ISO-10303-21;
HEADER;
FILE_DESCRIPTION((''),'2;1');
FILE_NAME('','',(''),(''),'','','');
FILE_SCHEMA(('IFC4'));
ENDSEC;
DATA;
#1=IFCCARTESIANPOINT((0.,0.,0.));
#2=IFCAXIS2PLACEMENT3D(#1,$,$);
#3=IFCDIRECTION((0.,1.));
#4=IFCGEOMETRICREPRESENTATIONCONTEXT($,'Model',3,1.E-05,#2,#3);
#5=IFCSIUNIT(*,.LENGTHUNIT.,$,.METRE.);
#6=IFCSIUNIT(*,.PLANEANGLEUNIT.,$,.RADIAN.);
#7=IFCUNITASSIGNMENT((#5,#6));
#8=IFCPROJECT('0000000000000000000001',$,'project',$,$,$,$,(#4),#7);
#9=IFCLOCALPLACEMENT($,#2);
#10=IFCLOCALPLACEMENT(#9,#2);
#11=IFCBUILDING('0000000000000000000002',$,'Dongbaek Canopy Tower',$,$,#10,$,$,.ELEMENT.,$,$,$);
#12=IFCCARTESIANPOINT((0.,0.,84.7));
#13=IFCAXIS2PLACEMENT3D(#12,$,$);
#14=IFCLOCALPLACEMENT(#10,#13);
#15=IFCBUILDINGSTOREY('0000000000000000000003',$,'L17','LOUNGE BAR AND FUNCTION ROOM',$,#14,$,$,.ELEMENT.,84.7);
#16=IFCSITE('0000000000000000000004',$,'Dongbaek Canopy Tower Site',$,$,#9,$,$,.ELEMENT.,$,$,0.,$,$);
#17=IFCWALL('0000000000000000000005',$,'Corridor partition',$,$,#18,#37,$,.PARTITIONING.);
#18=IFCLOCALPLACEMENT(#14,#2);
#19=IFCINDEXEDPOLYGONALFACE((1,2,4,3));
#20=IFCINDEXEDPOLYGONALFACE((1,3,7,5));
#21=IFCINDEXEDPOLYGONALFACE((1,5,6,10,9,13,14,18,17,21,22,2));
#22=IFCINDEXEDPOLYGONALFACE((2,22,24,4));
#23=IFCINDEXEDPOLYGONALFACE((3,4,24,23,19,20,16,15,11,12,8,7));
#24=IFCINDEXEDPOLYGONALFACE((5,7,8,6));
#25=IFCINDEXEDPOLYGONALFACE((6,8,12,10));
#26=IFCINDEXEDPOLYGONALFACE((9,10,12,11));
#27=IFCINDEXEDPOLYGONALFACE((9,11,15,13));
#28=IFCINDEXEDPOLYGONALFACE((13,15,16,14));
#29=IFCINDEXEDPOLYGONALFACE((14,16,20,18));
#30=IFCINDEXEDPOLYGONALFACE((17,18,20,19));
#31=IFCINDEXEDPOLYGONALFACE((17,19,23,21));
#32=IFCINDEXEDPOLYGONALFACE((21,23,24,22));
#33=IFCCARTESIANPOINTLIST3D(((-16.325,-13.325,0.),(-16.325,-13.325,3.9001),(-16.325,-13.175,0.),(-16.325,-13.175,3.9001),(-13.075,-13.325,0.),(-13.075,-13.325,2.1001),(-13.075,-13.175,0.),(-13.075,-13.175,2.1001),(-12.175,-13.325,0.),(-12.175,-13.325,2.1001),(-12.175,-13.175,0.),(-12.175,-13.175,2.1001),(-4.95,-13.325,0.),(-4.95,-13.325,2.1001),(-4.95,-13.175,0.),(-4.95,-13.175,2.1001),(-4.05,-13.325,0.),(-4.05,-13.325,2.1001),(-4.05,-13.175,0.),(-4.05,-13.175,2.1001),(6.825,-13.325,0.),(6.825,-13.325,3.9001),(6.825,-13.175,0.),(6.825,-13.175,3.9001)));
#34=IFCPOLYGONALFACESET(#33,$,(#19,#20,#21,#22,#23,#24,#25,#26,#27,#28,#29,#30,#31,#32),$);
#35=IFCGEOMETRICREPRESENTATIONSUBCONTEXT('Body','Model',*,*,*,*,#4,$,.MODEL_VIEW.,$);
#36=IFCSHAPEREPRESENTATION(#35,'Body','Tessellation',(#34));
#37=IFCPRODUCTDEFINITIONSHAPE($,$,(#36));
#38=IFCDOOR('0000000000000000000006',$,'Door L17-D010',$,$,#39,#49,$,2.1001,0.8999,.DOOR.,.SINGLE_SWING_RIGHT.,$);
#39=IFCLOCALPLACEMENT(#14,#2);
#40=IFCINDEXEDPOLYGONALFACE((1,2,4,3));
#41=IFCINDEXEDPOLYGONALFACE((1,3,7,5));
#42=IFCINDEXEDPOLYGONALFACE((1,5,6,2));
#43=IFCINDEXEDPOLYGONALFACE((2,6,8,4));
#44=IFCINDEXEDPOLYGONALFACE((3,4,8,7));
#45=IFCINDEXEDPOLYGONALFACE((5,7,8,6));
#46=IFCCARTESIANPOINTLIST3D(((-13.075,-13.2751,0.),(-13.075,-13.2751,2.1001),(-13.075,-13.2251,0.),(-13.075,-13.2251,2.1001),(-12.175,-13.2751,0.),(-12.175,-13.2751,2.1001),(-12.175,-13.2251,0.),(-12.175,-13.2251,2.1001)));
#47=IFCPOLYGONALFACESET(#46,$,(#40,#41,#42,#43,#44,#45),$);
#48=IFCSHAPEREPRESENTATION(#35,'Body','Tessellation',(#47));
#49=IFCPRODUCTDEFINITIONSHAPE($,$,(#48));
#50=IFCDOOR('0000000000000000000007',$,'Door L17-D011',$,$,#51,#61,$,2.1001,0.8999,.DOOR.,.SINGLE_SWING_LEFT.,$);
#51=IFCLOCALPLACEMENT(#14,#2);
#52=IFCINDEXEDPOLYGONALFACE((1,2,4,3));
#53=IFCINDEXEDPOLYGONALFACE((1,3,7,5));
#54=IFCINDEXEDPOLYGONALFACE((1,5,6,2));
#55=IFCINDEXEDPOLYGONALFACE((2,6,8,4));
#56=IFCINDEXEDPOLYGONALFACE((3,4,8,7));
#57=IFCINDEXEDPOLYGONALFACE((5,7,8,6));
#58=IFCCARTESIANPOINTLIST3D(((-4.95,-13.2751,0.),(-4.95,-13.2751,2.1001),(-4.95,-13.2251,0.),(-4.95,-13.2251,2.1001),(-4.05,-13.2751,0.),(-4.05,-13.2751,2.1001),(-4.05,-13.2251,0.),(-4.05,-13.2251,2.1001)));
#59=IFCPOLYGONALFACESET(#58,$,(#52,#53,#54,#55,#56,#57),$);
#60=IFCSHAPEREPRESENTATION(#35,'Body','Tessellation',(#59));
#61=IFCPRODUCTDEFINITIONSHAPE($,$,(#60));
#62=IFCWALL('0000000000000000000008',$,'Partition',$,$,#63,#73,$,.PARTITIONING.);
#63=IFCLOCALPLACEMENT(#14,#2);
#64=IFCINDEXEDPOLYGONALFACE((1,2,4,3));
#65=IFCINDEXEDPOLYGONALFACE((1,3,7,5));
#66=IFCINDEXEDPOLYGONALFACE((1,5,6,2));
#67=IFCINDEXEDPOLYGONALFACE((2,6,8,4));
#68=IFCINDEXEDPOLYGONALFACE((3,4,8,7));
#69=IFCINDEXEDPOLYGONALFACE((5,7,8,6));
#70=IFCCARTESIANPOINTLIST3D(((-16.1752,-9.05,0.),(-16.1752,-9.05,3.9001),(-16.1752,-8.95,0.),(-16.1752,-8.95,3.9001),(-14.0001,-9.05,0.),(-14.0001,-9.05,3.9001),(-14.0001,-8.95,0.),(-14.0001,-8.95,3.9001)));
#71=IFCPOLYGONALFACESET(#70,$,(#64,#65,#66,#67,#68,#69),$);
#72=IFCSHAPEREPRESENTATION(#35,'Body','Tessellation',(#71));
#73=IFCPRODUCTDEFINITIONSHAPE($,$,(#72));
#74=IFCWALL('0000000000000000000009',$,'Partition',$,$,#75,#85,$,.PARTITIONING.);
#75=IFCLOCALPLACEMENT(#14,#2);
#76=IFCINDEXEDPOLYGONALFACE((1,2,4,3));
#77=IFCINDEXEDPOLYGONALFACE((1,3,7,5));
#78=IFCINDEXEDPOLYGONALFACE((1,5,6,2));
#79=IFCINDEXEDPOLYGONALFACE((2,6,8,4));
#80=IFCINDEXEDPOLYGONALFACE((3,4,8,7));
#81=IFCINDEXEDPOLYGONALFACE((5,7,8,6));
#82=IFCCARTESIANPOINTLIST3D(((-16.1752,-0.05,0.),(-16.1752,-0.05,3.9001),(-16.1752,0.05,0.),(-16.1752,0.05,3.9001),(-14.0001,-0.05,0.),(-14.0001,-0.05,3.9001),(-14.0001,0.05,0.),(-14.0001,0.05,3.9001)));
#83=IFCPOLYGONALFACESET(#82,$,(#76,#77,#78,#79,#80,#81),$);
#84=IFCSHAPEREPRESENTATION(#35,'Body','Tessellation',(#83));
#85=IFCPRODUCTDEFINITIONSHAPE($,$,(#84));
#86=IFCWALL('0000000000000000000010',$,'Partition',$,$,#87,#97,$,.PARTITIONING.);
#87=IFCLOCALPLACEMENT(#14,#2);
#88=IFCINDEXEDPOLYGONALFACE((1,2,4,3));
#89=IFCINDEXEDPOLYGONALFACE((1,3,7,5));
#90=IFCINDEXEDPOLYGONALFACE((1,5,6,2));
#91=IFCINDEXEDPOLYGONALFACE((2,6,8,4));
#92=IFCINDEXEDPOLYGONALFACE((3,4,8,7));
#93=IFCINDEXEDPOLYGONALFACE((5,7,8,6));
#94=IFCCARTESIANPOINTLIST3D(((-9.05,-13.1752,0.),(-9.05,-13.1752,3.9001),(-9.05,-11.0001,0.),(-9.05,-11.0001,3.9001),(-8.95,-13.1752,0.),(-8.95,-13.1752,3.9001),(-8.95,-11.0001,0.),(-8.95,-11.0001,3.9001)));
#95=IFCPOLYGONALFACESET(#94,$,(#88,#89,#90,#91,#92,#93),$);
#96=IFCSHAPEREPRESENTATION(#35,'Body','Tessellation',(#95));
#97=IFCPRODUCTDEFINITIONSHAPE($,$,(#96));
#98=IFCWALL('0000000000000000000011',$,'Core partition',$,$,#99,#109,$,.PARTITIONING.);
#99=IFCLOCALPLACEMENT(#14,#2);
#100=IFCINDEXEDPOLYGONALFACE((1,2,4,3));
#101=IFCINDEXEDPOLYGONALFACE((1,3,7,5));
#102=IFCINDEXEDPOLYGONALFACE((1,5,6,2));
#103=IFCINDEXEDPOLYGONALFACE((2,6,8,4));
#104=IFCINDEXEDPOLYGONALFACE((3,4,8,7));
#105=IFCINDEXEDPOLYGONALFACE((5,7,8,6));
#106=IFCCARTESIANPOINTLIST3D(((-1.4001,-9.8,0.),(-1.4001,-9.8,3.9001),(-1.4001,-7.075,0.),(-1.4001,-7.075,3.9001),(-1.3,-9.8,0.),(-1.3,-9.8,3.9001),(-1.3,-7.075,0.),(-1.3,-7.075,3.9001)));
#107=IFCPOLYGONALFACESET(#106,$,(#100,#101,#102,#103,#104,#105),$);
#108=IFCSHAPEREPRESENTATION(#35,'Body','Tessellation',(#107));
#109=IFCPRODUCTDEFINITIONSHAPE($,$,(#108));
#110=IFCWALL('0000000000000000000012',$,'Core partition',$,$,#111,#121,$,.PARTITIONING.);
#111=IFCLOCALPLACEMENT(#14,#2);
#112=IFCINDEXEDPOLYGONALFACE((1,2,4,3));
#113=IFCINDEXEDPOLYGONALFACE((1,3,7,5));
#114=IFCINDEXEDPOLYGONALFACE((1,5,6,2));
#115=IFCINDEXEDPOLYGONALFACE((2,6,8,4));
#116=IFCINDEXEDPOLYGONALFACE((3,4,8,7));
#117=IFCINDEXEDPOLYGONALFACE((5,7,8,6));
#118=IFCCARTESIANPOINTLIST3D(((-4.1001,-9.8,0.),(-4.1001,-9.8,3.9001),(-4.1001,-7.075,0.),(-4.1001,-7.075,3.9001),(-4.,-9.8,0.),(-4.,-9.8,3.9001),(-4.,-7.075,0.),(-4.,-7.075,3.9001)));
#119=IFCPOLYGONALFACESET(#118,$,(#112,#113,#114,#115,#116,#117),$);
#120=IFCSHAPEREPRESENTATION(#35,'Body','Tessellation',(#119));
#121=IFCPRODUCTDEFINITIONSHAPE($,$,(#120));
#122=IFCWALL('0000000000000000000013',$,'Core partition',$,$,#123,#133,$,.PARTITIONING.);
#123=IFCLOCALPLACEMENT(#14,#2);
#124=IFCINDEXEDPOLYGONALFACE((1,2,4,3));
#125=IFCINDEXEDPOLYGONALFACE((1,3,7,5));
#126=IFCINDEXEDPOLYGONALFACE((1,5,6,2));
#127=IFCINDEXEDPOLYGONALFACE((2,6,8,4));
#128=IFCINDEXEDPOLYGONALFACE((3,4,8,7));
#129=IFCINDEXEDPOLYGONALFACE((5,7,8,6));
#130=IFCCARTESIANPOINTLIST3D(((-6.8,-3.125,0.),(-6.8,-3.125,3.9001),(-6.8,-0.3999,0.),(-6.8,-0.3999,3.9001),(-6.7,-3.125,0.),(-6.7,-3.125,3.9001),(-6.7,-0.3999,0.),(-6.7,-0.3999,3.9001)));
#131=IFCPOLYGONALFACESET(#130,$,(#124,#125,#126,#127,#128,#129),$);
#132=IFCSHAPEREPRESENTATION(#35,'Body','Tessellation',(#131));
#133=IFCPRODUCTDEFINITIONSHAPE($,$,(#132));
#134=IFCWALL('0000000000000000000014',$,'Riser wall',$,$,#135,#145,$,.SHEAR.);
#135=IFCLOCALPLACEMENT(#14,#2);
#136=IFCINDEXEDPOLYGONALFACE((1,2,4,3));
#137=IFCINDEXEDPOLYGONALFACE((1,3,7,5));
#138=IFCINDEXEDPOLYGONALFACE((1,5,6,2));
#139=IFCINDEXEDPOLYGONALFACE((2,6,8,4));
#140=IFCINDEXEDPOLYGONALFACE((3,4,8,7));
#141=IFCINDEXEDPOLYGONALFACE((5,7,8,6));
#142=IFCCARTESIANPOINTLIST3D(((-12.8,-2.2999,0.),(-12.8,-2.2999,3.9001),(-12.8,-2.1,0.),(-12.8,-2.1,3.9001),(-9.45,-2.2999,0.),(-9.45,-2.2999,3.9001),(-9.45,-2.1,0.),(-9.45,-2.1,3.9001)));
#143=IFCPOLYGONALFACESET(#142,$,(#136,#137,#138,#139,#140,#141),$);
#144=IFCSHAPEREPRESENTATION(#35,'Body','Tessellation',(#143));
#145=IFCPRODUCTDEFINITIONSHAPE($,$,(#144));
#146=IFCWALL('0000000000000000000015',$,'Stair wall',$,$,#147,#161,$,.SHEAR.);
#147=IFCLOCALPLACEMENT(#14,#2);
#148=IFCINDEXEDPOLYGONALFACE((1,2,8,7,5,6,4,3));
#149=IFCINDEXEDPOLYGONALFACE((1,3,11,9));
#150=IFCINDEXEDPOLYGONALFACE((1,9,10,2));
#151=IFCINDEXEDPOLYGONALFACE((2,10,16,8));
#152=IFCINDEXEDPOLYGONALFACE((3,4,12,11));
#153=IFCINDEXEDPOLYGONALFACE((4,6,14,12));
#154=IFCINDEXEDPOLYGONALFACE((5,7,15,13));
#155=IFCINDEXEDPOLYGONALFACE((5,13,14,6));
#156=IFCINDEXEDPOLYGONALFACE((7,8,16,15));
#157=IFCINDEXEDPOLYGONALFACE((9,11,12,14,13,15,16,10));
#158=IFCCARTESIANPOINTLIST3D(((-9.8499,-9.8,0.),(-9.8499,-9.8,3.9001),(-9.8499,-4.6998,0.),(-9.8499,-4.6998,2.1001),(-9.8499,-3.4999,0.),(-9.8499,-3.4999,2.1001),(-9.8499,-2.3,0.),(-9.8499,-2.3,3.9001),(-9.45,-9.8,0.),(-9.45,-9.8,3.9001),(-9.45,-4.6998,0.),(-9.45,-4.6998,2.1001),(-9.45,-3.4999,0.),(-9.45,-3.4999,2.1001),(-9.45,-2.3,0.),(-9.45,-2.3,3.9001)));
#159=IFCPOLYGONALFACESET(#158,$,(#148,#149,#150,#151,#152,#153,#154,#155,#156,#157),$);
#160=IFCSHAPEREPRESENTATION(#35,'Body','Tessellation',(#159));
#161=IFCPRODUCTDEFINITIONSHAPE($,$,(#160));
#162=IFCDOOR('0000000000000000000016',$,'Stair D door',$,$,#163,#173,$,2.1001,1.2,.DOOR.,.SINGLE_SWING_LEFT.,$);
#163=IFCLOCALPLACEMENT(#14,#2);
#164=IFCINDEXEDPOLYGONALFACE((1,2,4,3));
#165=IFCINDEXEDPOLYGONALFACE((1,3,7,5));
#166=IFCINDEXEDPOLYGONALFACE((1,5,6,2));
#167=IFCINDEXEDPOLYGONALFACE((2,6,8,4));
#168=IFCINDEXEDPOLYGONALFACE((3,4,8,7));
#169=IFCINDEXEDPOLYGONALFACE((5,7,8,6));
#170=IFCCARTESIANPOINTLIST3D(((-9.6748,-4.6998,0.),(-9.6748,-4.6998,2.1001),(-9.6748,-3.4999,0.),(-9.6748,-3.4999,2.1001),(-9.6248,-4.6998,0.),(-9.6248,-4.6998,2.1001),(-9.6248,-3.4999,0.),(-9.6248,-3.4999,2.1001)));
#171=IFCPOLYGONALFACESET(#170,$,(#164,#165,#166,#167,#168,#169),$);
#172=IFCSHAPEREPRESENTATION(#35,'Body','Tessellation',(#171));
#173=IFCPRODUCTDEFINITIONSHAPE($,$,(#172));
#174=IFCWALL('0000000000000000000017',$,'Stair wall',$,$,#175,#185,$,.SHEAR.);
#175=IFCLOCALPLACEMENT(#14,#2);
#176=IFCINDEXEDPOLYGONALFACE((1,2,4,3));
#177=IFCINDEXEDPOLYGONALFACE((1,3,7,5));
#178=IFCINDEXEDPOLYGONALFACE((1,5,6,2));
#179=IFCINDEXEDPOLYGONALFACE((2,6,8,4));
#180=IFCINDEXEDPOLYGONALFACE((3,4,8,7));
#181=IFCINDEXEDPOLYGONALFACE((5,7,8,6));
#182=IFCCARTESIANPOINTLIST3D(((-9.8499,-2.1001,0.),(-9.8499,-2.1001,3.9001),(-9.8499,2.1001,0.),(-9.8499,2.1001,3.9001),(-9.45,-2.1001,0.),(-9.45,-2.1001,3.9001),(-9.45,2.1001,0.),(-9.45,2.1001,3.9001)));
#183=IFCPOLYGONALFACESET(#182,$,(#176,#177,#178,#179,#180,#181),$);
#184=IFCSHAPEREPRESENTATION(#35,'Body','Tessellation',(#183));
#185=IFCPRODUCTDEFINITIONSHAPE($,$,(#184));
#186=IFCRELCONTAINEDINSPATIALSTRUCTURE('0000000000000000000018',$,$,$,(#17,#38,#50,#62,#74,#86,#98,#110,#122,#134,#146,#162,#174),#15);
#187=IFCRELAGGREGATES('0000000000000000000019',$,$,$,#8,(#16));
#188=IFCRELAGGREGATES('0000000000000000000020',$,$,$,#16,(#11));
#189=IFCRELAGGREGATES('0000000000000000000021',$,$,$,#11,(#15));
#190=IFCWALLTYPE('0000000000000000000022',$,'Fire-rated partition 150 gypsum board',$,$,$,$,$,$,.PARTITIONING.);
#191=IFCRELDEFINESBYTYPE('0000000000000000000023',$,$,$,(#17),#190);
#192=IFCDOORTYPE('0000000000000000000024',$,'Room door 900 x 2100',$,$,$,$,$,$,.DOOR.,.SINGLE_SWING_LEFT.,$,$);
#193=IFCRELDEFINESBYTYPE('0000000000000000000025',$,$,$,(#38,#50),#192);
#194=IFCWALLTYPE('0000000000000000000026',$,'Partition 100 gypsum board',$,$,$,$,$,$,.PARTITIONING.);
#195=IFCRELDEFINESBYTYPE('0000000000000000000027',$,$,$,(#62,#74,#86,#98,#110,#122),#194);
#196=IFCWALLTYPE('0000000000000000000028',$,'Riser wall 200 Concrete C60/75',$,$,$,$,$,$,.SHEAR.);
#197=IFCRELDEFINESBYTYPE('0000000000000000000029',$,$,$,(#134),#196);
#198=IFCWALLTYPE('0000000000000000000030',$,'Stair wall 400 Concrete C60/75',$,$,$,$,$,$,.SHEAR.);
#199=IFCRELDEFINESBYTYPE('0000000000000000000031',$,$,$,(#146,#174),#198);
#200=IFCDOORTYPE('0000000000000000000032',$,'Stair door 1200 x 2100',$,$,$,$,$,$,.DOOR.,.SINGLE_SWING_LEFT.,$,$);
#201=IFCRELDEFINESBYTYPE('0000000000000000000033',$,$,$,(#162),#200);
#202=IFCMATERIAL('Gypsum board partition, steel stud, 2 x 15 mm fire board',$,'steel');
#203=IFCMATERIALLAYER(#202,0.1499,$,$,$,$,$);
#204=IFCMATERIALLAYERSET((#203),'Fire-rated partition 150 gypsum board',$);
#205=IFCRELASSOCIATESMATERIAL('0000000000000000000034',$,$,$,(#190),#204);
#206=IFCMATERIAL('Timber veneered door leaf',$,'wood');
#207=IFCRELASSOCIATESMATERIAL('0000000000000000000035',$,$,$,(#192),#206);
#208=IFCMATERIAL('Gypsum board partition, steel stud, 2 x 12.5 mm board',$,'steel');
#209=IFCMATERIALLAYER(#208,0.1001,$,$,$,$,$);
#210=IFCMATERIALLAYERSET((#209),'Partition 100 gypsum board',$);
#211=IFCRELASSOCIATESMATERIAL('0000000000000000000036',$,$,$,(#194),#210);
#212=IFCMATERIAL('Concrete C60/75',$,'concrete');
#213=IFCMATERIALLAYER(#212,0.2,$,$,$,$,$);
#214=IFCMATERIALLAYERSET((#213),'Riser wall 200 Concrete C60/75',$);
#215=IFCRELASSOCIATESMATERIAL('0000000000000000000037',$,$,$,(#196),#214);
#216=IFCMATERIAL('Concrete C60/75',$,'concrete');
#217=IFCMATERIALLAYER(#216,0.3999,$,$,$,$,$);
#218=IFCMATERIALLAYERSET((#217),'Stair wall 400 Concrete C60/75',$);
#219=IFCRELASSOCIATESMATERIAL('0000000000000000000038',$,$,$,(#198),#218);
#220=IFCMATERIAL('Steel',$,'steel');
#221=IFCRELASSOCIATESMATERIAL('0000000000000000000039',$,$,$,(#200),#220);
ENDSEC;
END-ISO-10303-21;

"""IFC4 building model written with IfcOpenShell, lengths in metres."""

from ifc_helpers import new_model, si_unit, direction, frame, frame_2d, origin, place, context, subcontext, project, spatial, rectangle, extrude, material, layer, layer_set, type_object, element, fill, save


model = new_model("IFC4")

# Units and contexts
model_context = context("Model", 3, precision=1e-05, world=origin(), true_north=direction((0.0, 1.0)))
body_context = subcontext(model_context, "Body", "Model", "MODEL_VIEW")
ifc_project = project(units=[si_unit("LENGTHUNIT", "METRE"), si_unit("PLANEANGLEUNIT", "RADIAN")], contexts=[model_context])

# Site, building, storey
site_placement = place(None, origin())
site = spatial("IfcSite", under=ifc_project, at=site_placement, Name="Dongbaek Canopy Tower Site", CompositionType="ELEMENT", RefElevation=0.0)
building_placement = place(site_placement, origin())
building = spatial("IfcBuilding", under=site, at=building_placement, Name="Dongbaek Canopy Tower", CompositionType="ELEMENT")
storey_placement = place(building_placement, frame((0.0, 0.0, 84.7)))
storey = spatial("IfcBuildingStorey", under=building, at=storey_placement, Name="L17", Description="LOUNGE BAR AND FUNCTION ROOM", CompositionType="ELEMENT", Elevation=84.7)

# Wall, openings, doors
ifc_material_1 = material(Name="Gypsum board partition, steel stud, 2 x 15 mm fire board", Category="steel")
ifc_layer_1 = layer(ifc_material_1, 0.1499)
ifc_layer_set_1 = layer_set([ifc_layer_1], Name="Fire-rated partition 150 gypsum board")
wall_type_1 = type_object("IfcWallType", Name="Fire-rated partition 150 gypsum board", PredefinedType="PARTITIONING", material=ifc_layer_set_1)
wall_1_placement = place(storey_placement, frame((-16.325, -13.25, 0.0), z_axis=(0.0, 0.0, 1.0), x_axis=(1.0, 0.0, 0.0)))
wall_1 = element("IfcWall", 1, at=wall_1_placement, inside=storey, type_object=wall_type_1, Name="Corridor partition", PredefinedType="PARTITIONING", context=body_context, shape_type="SweptSolid", body=[
    extrude(rectangle(XDim=23.1499, YDim=0.1499, at=frame_2d((11.575, 0.0))), origin(), (0.0, 0.0, 1.0), 3.9001),
])
opening_1_placement = place(wall_1_placement, frame((3.25, 0.0, 0.0)))
opening_1 = element("IfcOpeningElement", 2, at=opening_1_placement, cuts=wall_1, PredefinedType="OPENING", context=body_context, shape_type="SweptSolid", body=[
    extrude(rectangle(XDim=0.8999, YDim=2.1001, at=frame_2d((0.45, 1.05))), frame((0.0, 0.085, 0.0), z_axis=(0.0, -1.0, 0.0), x_axis=(1.0, 0.0, 0.0)), (0.0, 0.0, 1.0), 0.1699),
])
opening_2_placement = place(wall_1_placement, frame((11.375, 0.0, 0.0)))
opening_2 = element("IfcOpeningElement", 3, at=opening_2_placement, cuts=wall_1, PredefinedType="OPENING", context=body_context, shape_type="SweptSolid", body=[
    extrude(rectangle(XDim=0.8999, YDim=2.1001, at=frame_2d((0.45, 1.05))), frame((0.0, 0.085, 0.0), z_axis=(0.0, -1.0, 0.0), x_axis=(1.0, 0.0, 0.0)), (0.0, 0.0, 1.0), 0.1699),
])
ifc_material_2 = material(Name="Timber veneered door leaf", Category="wood")
door_type_1 = type_object("IfcDoorType", Name="Room door 900 x 2100", OperationType="SINGLE_SWING_LEFT", PredefinedType="DOOR", material=ifc_material_2)
door_1_placement = place(opening_1_placement, origin())
door_1 = element("IfcDoor", 4, at=door_1_placement, inside=storey, type_object=door_type_1, Name="Door L17-D010", OperationType="SINGLE_SWING_RIGHT", OverallHeight=2.1001, OverallWidth=0.8999, PredefinedType="DOOR", context=body_context, shape_type="SweptSolid", body=[
    extrude(rectangle(XDim=0.8999, YDim=2.1001, at=frame_2d((0.45, 1.05))), frame((0.0, 0.0249, 0.0), z_axis=(0.0, -1.0, 0.0), x_axis=(1.0, 0.0, 0.0)), (0.0, 0.0, 1.0), 0.05),
])
fill(opening_1, door_1)
door_2_placement = place(opening_2_placement, origin())
door_2 = element("IfcDoor", 5, at=door_2_placement, inside=storey, type_object=door_type_1, Name="Door L17-D011", OperationType="SINGLE_SWING_LEFT", OverallHeight=2.1001, OverallWidth=0.8999, PredefinedType="DOOR", context=body_context, shape_type="SweptSolid", body=[
    extrude(rectangle(XDim=0.8999, YDim=2.1001, at=frame_2d((0.45, 1.05))), frame((0.0, 0.0249, 0.0), z_axis=(0.0, -1.0, 0.0), x_axis=(1.0, 0.0, 0.0)), (0.0, 0.0, 1.0), 0.05),
])
fill(opening_2, door_2)

# Walls
ifc_material_3 = material(Name="Gypsum board partition, steel stud, 2 x 12.5 mm board", Category="steel")
ifc_layer_2 = layer(ifc_material_3, 0.1001)
ifc_layer_set_2 = layer_set([ifc_layer_2], Name="Partition 100 gypsum board")
wall_type_2 = type_object("IfcWallType", Name="Partition 100 gypsum board", PredefinedType="PARTITIONING", material=ifc_layer_set_2)
for number, where, z_axis, x_axis, name in (
    (6, (-16.175, -9.0, 0.0), (0.0, 0.0, 1.0), (1.0, 0.0, 0.0), "Partition"),
    (7, (-16.175, 0.0, 0.0), (0.0, 0.0, 1.0), (1.0, 0.0, 0.0), "Partition"),
    (8, (-9.0, -13.175, 0.0), (0.0, 0.0, 1.0), (0.0, 1.0, 0.0), "Partition"),
):
    element("IfcWall", number, at=place(storey_placement, frame(where, z_axis=z_axis, x_axis=x_axis)), inside=storey, type_object=wall_type_2, Name=name, PredefinedType="PARTITIONING", context=body_context, shape_type="SweptSolid", body=[
        extrude(rectangle(XDim=2.175, YDim=0.1001, at=frame_2d((1.0874, 0.0))), origin(), (0.0, 0.0, 1.0), 3.9001),
    ])
for number, where, z_axis, x_axis, name in (
    (9, (-1.3501, -9.8, 0.0), (0.0, 0.0, 1.0), (0.0, 1.0, 0.0), "Core partition"),
    (10, (-4.05, -9.8, 0.0), (0.0, 0.0, 1.0), (0.0, 1.0, 0.0), "Core partition"),
    (11, (-6.75, -3.125, 0.0), (0.0, 0.0, 1.0), (0.0, 1.0, 0.0), "Core partition"),
):
    element("IfcWall", number, at=place(storey_placement, frame(where, z_axis=z_axis, x_axis=x_axis)), inside=storey, type_object=wall_type_2, Name=name, PredefinedType="PARTITIONING", context=body_context, shape_type="SweptSolid", body=[
        extrude(rectangle(XDim=2.7251, YDim=0.1001, at=frame_2d((1.3625, 0.0))), origin(), (0.0, 0.0, 1.0), 3.9001),
    ])
ifc_material_4 = material(Name="Concrete C60/75", Category="concrete")
ifc_layer_3 = layer(ifc_material_4, 0.2)
ifc_layer_set_3 = layer_set([ifc_layer_3], Name="Riser wall 200 Concrete C60/75")
wall_type_3 = type_object("IfcWallType", Name="Riser wall 200 Concrete C60/75", PredefinedType="SHEAR", material=ifc_layer_set_3)
wall_2_placement = place(storey_placement, frame((-9.45, -2.2, 0.0), z_axis=(0.0, 0.0, 1.0), x_axis=(-1.0, 0.0, 0.0)))
element("IfcWall", 12, at=wall_2_placement, inside=storey, type_object=wall_type_3, Name="Riser wall", PredefinedType="SHEAR", context=body_context, shape_type="SweptSolid", body=[
    extrude(rectangle(XDim=3.3501, YDim=0.2, at=frame_2d((1.675, 0.0))), origin(), (0.0, 0.0, 1.0), 3.9001),
])

# Wall, opening, door
ifc_material_5 = material(Name="Concrete C60/75", Category="concrete")
ifc_layer_4 = layer(ifc_material_5, 0.3999)
ifc_layer_set_4 = layer_set([ifc_layer_4], Name="Stair wall 400 Concrete C60/75")
wall_type_4 = type_object("IfcWallType", Name="Stair wall 400 Concrete C60/75", PredefinedType="SHEAR", material=ifc_layer_set_4)
wall_3_placement = place(storey_placement, frame((-9.6499, -9.8, 0.0), z_axis=(0.0, 0.0, 1.0), x_axis=(0.0, 1.0, 0.0)))
wall_3 = element("IfcWall", 13, at=wall_3_placement, inside=storey, type_object=wall_type_4, Name="Stair wall", PredefinedType="SHEAR", context=body_context, shape_type="SweptSolid", body=[
    extrude(rectangle(XDim=7.5, YDim=0.3999, at=frame_2d((3.75, 0.0))), origin(), (0.0, 0.0, 1.0), 3.9001),
])
opening_3_placement = place(wall_3_placement, frame((5.1001, 0.0, 0.0)))
opening_3 = element("IfcOpeningElement", 14, at=opening_3_placement, cuts=wall_3, PredefinedType="OPENING", context=body_context, shape_type="SweptSolid", body=[
    extrude(rectangle(XDim=1.2, YDim=2.1001, at=frame_2d((0.6001, 1.05))), frame((0.0, 0.21, 0.0), z_axis=(0.0, -1.0, 0.0), x_axis=(1.0, 0.0, 0.0)), (0.0, 0.0, 1.0), 0.4199),
])
ifc_material_6 = material(Name="Steel", Category="steel")
door_type_2 = type_object("IfcDoorType", Name="Stair door 1200 x 2100", OperationType="SINGLE_SWING_LEFT", PredefinedType="DOOR", material=ifc_material_6)
door_3_placement = place(opening_3_placement, origin())
door_3 = element("IfcDoor", 15, at=door_3_placement, inside=storey, type_object=door_type_2, Name="Stair D door", OperationType="SINGLE_SWING_LEFT", OverallHeight=2.1001, OverallWidth=1.2, PredefinedType="DOOR", context=body_context, shape_type="SweptSolid", body=[
    extrude(rectangle(XDim=1.2, YDim=2.1001, at=frame_2d((0.6001, 1.05))), frame((0.0, 0.0249, 0.0), z_axis=(0.0, -1.0, 0.0), x_axis=(1.0, 0.0, 0.0)), (0.0, 0.0, 1.0), 0.05),
])
fill(opening_3, door_3)

# Wall
wall_4_placement = place(storey_placement, frame((-9.6499, -2.1001, 0.0), z_axis=(0.0, 0.0, 1.0), x_axis=(0.0, 1.0, 0.0)))
element("IfcWall", 16, at=wall_4_placement, inside=storey, type_object=wall_type_4, Name="Stair wall", PredefinedType="SHEAR", context=body_context, shape_type="SweptSolid", body=[
    extrude(rectangle(XDim=4.2002, YDim=0.3999, at=frame_2d((2.1001, 0.0))), origin(), (0.0, 0.0, 1.0), 3.9001),
])

save(model, "model.ifc")
